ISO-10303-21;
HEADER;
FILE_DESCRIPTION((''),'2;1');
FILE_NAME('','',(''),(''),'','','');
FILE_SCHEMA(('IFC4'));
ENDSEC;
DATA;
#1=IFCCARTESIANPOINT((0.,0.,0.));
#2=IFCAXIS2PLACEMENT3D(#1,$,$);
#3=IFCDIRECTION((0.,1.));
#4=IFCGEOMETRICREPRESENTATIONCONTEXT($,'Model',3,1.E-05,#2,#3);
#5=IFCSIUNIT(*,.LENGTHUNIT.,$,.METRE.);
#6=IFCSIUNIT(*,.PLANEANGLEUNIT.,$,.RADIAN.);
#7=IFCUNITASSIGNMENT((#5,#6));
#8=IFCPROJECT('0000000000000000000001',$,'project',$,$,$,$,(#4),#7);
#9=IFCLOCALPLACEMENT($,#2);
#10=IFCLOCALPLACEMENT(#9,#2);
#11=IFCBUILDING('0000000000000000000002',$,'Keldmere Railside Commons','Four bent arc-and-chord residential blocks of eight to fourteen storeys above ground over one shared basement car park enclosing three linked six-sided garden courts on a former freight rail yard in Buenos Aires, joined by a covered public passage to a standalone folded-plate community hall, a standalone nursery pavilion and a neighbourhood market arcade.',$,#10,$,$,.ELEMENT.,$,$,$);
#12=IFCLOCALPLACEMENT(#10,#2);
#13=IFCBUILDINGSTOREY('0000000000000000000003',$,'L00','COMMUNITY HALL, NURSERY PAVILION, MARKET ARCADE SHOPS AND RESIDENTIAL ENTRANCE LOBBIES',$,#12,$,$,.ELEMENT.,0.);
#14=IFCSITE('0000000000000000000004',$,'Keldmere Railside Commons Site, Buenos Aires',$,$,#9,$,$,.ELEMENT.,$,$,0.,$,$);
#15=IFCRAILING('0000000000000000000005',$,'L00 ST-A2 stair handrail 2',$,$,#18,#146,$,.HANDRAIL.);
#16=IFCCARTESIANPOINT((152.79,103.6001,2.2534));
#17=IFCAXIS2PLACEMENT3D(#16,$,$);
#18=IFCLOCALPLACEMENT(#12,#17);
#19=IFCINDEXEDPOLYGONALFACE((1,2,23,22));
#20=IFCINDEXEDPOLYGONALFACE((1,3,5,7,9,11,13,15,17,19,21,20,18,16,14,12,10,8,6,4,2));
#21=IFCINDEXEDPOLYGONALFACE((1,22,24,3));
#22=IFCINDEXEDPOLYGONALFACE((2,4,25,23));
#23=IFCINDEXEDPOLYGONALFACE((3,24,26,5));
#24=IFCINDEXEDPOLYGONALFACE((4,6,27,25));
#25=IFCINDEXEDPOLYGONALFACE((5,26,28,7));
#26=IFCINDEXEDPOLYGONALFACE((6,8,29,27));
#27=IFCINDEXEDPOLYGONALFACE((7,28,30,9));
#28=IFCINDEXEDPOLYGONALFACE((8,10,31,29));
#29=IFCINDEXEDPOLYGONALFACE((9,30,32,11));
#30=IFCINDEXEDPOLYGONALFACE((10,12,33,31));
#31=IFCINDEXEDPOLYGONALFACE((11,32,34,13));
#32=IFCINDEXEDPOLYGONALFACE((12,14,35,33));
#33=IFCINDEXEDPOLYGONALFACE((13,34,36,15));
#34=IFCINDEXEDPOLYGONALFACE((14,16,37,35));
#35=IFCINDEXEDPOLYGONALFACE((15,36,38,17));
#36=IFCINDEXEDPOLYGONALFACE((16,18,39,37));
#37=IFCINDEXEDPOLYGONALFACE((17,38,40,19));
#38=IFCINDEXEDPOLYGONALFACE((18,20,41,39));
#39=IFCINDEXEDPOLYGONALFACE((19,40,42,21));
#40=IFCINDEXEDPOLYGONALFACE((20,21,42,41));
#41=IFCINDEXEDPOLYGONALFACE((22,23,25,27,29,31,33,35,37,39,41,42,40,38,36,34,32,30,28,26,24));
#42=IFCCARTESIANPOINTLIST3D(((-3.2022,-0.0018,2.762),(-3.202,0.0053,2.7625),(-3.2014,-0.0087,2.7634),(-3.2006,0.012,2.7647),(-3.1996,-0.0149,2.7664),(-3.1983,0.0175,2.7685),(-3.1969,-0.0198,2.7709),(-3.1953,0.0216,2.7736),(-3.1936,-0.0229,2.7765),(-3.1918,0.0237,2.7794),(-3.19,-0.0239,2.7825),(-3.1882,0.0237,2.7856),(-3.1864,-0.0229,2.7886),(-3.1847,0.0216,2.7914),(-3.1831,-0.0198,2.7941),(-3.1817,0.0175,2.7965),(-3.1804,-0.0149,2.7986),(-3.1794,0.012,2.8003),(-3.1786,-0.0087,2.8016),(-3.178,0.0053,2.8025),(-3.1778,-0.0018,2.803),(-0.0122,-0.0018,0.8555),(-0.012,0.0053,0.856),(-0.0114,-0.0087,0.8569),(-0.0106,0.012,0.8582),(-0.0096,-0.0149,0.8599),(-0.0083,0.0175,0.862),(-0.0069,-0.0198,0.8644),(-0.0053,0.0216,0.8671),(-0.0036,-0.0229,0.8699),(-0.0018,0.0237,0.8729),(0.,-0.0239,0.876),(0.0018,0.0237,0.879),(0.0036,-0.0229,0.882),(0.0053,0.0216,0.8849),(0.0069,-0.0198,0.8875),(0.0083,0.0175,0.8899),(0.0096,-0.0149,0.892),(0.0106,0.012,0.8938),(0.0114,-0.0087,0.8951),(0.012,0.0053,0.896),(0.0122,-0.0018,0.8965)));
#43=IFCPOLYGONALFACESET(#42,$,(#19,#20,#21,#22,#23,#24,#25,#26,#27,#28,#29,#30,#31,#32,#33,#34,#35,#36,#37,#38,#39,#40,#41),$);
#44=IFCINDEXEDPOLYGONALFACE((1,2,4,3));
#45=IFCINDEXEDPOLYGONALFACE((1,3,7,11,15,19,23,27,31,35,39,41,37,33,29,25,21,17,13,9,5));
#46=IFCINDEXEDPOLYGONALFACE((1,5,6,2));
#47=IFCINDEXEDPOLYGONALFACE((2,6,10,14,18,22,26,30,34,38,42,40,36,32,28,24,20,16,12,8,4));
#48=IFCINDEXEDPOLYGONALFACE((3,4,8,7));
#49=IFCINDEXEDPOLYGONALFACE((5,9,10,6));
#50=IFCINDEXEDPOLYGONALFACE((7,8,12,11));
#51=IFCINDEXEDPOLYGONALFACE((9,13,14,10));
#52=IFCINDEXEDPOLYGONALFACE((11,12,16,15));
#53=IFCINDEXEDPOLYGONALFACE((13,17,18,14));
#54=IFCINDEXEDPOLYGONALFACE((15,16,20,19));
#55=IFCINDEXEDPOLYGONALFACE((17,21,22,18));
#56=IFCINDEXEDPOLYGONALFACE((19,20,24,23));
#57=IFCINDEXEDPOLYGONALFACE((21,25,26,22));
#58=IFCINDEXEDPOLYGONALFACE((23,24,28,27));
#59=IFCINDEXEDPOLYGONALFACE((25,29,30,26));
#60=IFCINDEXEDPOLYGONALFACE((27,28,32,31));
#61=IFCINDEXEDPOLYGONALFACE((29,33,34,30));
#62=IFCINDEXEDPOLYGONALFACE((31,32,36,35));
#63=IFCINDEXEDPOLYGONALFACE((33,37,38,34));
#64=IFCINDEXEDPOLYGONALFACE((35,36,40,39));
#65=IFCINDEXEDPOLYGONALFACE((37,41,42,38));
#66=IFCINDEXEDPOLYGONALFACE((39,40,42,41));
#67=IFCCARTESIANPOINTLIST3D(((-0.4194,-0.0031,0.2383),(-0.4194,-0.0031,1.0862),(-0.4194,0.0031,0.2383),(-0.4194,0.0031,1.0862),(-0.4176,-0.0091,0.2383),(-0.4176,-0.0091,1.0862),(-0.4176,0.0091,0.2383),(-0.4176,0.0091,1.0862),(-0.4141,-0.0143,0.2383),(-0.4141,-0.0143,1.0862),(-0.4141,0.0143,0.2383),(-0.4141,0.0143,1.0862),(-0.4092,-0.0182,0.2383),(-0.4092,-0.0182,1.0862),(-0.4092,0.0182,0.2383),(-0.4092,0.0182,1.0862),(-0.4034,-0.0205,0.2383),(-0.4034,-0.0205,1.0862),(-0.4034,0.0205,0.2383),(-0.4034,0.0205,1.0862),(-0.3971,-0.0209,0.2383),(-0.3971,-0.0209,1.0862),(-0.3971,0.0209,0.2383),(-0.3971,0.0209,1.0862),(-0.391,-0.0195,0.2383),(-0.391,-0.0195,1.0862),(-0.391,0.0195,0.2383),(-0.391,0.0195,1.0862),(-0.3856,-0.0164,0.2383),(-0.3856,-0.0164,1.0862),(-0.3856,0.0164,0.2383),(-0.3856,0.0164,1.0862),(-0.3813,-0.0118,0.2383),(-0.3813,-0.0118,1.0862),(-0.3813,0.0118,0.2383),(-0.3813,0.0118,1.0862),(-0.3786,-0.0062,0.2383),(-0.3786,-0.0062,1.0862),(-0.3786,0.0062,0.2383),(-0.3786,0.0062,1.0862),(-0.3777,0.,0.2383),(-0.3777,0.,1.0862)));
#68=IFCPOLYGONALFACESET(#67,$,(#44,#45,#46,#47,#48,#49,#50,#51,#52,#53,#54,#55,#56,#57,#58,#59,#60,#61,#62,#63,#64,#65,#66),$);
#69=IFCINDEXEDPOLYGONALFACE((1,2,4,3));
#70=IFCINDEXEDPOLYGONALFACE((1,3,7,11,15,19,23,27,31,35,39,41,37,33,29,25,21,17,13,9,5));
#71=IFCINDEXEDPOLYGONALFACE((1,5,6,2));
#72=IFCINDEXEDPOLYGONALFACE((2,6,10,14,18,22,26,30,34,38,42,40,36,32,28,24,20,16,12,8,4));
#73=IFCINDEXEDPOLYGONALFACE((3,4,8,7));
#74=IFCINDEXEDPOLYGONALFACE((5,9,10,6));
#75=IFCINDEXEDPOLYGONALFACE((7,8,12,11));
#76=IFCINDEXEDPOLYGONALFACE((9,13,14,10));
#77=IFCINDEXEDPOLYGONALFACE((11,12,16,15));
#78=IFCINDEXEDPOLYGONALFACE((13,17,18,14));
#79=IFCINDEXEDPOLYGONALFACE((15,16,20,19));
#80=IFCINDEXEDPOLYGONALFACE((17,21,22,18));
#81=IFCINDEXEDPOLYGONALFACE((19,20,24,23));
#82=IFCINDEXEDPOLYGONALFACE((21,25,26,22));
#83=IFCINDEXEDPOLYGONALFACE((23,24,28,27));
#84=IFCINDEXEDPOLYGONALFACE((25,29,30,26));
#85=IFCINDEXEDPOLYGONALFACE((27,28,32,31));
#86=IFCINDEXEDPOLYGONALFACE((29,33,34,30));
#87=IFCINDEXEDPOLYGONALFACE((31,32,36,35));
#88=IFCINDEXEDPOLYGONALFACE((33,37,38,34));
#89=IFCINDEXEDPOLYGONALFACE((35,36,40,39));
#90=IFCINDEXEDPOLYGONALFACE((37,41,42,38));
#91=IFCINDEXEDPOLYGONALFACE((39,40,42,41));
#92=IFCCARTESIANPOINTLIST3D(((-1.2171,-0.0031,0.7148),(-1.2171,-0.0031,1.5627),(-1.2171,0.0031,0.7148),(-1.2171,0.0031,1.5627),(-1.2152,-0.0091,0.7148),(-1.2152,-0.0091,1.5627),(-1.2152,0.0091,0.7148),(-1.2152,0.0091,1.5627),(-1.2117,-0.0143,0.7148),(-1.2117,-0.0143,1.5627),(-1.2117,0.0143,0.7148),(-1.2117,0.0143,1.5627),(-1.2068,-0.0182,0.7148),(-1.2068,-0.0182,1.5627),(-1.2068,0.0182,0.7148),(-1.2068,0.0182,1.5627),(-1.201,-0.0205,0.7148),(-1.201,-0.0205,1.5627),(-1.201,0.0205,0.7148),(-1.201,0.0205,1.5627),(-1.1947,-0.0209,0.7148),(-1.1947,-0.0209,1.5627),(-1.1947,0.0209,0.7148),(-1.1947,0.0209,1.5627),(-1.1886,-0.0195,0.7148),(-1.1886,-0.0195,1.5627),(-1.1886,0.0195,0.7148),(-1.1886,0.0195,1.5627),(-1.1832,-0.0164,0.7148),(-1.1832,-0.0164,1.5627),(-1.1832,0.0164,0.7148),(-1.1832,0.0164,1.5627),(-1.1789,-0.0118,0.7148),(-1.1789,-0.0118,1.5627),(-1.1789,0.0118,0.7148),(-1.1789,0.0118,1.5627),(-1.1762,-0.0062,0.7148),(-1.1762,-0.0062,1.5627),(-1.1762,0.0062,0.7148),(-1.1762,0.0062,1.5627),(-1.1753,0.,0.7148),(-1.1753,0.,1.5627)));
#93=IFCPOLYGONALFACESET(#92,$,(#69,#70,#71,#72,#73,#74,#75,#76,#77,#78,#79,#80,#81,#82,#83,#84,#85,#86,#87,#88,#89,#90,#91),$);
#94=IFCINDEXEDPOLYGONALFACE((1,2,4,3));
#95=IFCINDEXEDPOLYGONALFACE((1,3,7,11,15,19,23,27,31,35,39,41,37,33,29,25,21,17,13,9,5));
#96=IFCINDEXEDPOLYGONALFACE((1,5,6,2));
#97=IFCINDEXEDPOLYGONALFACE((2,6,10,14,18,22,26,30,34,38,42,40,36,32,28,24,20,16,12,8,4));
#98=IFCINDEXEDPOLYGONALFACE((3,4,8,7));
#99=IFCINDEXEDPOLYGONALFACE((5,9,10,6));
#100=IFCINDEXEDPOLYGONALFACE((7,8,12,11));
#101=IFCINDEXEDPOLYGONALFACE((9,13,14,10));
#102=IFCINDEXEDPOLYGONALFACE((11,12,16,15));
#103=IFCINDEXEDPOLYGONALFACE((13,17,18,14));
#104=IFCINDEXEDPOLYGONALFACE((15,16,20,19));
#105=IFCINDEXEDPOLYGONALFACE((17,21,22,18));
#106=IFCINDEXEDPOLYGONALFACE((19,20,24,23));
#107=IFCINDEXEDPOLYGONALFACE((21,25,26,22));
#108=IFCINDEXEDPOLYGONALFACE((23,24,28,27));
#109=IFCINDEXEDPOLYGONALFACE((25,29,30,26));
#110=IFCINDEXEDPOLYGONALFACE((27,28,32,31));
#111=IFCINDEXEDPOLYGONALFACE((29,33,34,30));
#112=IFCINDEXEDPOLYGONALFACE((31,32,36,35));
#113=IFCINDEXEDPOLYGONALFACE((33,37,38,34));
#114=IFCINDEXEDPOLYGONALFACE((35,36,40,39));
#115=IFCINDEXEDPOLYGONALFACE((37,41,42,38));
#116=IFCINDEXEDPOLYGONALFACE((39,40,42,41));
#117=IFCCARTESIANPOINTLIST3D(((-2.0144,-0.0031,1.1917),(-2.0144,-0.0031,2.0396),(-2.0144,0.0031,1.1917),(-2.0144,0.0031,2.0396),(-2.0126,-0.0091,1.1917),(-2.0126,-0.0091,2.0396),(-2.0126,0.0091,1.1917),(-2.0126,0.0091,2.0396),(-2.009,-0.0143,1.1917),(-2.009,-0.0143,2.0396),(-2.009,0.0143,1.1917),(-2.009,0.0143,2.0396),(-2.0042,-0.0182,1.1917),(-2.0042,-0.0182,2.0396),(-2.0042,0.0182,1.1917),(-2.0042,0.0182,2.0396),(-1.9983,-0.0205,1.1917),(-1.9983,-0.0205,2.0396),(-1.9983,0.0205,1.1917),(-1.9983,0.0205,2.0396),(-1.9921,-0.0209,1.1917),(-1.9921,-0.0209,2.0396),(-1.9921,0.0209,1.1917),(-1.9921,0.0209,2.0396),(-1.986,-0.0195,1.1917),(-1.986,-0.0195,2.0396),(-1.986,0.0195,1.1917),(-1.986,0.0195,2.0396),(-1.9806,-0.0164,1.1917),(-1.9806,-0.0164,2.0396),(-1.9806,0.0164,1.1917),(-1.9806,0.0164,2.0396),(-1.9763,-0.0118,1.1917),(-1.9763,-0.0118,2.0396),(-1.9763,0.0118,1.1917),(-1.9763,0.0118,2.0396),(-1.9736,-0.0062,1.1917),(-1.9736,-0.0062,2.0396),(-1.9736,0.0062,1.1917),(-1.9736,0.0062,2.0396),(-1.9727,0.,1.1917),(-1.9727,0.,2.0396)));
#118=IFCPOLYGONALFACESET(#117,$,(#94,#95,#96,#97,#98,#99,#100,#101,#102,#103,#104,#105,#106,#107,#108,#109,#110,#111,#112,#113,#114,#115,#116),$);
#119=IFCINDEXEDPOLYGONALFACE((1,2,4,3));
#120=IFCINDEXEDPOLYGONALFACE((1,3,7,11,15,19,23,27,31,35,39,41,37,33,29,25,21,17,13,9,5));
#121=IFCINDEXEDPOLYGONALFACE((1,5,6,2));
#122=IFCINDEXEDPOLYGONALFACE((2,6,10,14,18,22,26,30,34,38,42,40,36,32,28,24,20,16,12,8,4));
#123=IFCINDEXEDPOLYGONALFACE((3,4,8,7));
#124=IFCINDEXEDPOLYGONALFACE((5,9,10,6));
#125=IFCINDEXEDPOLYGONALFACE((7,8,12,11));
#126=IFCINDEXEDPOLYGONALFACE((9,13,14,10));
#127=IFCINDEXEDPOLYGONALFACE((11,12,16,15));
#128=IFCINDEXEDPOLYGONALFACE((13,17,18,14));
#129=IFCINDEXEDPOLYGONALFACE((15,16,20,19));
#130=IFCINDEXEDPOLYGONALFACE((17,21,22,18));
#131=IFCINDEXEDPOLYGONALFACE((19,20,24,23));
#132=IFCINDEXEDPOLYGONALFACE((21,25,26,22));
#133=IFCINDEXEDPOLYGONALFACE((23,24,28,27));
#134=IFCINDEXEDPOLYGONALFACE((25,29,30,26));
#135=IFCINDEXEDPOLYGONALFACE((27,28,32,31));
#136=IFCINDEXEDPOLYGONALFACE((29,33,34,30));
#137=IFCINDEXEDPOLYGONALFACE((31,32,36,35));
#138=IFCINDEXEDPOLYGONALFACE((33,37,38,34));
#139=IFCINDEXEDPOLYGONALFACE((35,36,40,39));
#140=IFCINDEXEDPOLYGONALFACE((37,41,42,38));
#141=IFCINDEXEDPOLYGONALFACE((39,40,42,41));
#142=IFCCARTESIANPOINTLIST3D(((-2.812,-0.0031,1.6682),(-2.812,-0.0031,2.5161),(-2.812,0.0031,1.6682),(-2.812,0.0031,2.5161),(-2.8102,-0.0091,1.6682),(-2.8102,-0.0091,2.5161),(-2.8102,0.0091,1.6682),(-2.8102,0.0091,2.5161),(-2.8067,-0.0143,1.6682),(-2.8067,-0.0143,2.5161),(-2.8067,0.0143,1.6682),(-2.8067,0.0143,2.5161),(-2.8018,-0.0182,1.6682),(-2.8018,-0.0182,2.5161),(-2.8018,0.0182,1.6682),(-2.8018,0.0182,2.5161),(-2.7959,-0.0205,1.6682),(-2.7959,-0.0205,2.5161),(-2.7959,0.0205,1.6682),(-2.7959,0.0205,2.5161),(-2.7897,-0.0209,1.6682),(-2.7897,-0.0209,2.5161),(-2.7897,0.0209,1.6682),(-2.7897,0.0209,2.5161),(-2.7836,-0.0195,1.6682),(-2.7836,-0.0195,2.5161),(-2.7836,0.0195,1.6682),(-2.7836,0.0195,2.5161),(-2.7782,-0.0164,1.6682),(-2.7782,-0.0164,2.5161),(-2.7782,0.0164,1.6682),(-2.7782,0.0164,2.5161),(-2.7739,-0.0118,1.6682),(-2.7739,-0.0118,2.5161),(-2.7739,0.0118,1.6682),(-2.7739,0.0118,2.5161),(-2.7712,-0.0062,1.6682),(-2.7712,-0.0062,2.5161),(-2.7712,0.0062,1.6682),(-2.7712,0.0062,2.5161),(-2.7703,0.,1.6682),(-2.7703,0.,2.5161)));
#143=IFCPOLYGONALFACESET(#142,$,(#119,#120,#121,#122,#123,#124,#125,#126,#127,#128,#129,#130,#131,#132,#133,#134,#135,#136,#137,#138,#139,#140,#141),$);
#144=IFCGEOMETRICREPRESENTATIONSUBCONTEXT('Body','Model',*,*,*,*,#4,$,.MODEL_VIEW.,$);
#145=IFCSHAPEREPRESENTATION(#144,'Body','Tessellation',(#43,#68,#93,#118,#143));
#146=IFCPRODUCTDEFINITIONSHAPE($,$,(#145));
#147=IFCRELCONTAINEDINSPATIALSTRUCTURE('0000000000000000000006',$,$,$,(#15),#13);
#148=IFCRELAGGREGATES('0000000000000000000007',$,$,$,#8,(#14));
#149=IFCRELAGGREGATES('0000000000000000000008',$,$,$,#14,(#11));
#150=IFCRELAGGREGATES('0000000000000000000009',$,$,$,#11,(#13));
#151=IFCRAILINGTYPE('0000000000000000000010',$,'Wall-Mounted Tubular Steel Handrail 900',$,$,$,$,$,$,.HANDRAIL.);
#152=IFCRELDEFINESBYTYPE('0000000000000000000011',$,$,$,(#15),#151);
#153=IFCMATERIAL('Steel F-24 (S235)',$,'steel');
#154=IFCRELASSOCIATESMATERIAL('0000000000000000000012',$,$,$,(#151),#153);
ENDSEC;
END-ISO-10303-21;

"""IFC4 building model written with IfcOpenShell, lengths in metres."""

from ifc_helpers import new_model, si_unit, direction, frame, origin, origin_2d, place, context, subcontext, project, spatial, circle, extrude, material, type_object, element, save


model = new_model("IFC4")

# Units and contexts
model_context = context("Model", 3, precision=1e-05, world=origin(), true_north=direction((0.0, 1.0)))
body_context = subcontext(model_context, "Body", "Model", "MODEL_VIEW")
ifc_project = project(units=[si_unit("LENGTHUNIT", "METRE"), si_unit("PLANEANGLEUNIT", "RADIAN")], contexts=[model_context])

# Site, building, storey
site_placement = place(None, origin())
site = spatial("IfcSite", under=ifc_project, at=site_placement, Name="Keldmere Railside Commons Site, Buenos Aires", CompositionType="ELEMENT", RefElevation=0.0)
building_placement = place(site_placement, origin())
building = spatial("IfcBuilding", under=site, at=building_placement, Name="Keldmere Railside Commons", Description="Four bent arc-and-chord residential blocks of eight to fourteen storeys above ground over one shared basement car park enclosing three linked six-sided garden courts on a former freight rail yard in Buenos Aires, joined by a covered public passage to a standalone folded-plate community hall, a standalone nursery pavilion and a neighbourhood market arcade.", CompositionType="ELEMENT")
storey_placement = place(building_placement, origin())
storey = spatial("IfcBuildingStorey", under=building, at=storey_placement, Name="L00", Description="COMMUNITY HALL, NURSERY PAVILION, MARKET ARCADE SHOPS AND RESIDENTIAL ENTRANCE LOBBIES", CompositionType="ELEMENT", Elevation=0.0)

# Shared definitions
ifc_material_1 = material(Name="Steel F-24 (S235)", Category="steel")

# Railing
railing_type_1 = type_object("IfcRailingType", Name="Wall-Mounted Tubular Steel Handrail 900", PredefinedType="HANDRAIL", material=ifc_material_1)
railing_1_placement = place(storey_placement, frame((152.79, 103.6001, 2.2534)))
element("IfcRailing", 1, at=railing_1_placement, inside=storey, type_object=railing_type_1, Name="L00 ST-A2 stair handrail 2", PredefinedType="HANDRAIL", context=body_context, shape_type="SweptSolid", body=[
    extrude(circle(Radius=0.0239, at=origin_2d()), frame((0.0, 0.0, 0.876), z_axis=(-0.858379, 0.0, 0.513017), x_axis=(0.0, -1.0, 0.0)), (0.0, 0.0, 1.0), 3.7163),
    extrude(circle(Radius=0.021, at=origin_2d()), frame((-0.3987, 0.0, 0.2383)), (0.0, 0.0, 1.0), 0.8479),
    extrude(circle(Radius=0.021, at=origin_2d()), frame((-1.1963, 0.0, 0.7148)), (0.0, 0.0, 1.0), 0.8479),
    extrude(circle(Radius=0.021, at=origin_2d()), frame((-1.9937, 0.0, 1.1917)), (0.0, 0.0, 1.0), 0.8479),
    extrude(circle(Radius=0.021, at=origin_2d()), frame((-2.7913, 0.0, 1.6682)), (0.0, 0.0, 1.0), 0.8479),
])

save(model, "model.ifc")
